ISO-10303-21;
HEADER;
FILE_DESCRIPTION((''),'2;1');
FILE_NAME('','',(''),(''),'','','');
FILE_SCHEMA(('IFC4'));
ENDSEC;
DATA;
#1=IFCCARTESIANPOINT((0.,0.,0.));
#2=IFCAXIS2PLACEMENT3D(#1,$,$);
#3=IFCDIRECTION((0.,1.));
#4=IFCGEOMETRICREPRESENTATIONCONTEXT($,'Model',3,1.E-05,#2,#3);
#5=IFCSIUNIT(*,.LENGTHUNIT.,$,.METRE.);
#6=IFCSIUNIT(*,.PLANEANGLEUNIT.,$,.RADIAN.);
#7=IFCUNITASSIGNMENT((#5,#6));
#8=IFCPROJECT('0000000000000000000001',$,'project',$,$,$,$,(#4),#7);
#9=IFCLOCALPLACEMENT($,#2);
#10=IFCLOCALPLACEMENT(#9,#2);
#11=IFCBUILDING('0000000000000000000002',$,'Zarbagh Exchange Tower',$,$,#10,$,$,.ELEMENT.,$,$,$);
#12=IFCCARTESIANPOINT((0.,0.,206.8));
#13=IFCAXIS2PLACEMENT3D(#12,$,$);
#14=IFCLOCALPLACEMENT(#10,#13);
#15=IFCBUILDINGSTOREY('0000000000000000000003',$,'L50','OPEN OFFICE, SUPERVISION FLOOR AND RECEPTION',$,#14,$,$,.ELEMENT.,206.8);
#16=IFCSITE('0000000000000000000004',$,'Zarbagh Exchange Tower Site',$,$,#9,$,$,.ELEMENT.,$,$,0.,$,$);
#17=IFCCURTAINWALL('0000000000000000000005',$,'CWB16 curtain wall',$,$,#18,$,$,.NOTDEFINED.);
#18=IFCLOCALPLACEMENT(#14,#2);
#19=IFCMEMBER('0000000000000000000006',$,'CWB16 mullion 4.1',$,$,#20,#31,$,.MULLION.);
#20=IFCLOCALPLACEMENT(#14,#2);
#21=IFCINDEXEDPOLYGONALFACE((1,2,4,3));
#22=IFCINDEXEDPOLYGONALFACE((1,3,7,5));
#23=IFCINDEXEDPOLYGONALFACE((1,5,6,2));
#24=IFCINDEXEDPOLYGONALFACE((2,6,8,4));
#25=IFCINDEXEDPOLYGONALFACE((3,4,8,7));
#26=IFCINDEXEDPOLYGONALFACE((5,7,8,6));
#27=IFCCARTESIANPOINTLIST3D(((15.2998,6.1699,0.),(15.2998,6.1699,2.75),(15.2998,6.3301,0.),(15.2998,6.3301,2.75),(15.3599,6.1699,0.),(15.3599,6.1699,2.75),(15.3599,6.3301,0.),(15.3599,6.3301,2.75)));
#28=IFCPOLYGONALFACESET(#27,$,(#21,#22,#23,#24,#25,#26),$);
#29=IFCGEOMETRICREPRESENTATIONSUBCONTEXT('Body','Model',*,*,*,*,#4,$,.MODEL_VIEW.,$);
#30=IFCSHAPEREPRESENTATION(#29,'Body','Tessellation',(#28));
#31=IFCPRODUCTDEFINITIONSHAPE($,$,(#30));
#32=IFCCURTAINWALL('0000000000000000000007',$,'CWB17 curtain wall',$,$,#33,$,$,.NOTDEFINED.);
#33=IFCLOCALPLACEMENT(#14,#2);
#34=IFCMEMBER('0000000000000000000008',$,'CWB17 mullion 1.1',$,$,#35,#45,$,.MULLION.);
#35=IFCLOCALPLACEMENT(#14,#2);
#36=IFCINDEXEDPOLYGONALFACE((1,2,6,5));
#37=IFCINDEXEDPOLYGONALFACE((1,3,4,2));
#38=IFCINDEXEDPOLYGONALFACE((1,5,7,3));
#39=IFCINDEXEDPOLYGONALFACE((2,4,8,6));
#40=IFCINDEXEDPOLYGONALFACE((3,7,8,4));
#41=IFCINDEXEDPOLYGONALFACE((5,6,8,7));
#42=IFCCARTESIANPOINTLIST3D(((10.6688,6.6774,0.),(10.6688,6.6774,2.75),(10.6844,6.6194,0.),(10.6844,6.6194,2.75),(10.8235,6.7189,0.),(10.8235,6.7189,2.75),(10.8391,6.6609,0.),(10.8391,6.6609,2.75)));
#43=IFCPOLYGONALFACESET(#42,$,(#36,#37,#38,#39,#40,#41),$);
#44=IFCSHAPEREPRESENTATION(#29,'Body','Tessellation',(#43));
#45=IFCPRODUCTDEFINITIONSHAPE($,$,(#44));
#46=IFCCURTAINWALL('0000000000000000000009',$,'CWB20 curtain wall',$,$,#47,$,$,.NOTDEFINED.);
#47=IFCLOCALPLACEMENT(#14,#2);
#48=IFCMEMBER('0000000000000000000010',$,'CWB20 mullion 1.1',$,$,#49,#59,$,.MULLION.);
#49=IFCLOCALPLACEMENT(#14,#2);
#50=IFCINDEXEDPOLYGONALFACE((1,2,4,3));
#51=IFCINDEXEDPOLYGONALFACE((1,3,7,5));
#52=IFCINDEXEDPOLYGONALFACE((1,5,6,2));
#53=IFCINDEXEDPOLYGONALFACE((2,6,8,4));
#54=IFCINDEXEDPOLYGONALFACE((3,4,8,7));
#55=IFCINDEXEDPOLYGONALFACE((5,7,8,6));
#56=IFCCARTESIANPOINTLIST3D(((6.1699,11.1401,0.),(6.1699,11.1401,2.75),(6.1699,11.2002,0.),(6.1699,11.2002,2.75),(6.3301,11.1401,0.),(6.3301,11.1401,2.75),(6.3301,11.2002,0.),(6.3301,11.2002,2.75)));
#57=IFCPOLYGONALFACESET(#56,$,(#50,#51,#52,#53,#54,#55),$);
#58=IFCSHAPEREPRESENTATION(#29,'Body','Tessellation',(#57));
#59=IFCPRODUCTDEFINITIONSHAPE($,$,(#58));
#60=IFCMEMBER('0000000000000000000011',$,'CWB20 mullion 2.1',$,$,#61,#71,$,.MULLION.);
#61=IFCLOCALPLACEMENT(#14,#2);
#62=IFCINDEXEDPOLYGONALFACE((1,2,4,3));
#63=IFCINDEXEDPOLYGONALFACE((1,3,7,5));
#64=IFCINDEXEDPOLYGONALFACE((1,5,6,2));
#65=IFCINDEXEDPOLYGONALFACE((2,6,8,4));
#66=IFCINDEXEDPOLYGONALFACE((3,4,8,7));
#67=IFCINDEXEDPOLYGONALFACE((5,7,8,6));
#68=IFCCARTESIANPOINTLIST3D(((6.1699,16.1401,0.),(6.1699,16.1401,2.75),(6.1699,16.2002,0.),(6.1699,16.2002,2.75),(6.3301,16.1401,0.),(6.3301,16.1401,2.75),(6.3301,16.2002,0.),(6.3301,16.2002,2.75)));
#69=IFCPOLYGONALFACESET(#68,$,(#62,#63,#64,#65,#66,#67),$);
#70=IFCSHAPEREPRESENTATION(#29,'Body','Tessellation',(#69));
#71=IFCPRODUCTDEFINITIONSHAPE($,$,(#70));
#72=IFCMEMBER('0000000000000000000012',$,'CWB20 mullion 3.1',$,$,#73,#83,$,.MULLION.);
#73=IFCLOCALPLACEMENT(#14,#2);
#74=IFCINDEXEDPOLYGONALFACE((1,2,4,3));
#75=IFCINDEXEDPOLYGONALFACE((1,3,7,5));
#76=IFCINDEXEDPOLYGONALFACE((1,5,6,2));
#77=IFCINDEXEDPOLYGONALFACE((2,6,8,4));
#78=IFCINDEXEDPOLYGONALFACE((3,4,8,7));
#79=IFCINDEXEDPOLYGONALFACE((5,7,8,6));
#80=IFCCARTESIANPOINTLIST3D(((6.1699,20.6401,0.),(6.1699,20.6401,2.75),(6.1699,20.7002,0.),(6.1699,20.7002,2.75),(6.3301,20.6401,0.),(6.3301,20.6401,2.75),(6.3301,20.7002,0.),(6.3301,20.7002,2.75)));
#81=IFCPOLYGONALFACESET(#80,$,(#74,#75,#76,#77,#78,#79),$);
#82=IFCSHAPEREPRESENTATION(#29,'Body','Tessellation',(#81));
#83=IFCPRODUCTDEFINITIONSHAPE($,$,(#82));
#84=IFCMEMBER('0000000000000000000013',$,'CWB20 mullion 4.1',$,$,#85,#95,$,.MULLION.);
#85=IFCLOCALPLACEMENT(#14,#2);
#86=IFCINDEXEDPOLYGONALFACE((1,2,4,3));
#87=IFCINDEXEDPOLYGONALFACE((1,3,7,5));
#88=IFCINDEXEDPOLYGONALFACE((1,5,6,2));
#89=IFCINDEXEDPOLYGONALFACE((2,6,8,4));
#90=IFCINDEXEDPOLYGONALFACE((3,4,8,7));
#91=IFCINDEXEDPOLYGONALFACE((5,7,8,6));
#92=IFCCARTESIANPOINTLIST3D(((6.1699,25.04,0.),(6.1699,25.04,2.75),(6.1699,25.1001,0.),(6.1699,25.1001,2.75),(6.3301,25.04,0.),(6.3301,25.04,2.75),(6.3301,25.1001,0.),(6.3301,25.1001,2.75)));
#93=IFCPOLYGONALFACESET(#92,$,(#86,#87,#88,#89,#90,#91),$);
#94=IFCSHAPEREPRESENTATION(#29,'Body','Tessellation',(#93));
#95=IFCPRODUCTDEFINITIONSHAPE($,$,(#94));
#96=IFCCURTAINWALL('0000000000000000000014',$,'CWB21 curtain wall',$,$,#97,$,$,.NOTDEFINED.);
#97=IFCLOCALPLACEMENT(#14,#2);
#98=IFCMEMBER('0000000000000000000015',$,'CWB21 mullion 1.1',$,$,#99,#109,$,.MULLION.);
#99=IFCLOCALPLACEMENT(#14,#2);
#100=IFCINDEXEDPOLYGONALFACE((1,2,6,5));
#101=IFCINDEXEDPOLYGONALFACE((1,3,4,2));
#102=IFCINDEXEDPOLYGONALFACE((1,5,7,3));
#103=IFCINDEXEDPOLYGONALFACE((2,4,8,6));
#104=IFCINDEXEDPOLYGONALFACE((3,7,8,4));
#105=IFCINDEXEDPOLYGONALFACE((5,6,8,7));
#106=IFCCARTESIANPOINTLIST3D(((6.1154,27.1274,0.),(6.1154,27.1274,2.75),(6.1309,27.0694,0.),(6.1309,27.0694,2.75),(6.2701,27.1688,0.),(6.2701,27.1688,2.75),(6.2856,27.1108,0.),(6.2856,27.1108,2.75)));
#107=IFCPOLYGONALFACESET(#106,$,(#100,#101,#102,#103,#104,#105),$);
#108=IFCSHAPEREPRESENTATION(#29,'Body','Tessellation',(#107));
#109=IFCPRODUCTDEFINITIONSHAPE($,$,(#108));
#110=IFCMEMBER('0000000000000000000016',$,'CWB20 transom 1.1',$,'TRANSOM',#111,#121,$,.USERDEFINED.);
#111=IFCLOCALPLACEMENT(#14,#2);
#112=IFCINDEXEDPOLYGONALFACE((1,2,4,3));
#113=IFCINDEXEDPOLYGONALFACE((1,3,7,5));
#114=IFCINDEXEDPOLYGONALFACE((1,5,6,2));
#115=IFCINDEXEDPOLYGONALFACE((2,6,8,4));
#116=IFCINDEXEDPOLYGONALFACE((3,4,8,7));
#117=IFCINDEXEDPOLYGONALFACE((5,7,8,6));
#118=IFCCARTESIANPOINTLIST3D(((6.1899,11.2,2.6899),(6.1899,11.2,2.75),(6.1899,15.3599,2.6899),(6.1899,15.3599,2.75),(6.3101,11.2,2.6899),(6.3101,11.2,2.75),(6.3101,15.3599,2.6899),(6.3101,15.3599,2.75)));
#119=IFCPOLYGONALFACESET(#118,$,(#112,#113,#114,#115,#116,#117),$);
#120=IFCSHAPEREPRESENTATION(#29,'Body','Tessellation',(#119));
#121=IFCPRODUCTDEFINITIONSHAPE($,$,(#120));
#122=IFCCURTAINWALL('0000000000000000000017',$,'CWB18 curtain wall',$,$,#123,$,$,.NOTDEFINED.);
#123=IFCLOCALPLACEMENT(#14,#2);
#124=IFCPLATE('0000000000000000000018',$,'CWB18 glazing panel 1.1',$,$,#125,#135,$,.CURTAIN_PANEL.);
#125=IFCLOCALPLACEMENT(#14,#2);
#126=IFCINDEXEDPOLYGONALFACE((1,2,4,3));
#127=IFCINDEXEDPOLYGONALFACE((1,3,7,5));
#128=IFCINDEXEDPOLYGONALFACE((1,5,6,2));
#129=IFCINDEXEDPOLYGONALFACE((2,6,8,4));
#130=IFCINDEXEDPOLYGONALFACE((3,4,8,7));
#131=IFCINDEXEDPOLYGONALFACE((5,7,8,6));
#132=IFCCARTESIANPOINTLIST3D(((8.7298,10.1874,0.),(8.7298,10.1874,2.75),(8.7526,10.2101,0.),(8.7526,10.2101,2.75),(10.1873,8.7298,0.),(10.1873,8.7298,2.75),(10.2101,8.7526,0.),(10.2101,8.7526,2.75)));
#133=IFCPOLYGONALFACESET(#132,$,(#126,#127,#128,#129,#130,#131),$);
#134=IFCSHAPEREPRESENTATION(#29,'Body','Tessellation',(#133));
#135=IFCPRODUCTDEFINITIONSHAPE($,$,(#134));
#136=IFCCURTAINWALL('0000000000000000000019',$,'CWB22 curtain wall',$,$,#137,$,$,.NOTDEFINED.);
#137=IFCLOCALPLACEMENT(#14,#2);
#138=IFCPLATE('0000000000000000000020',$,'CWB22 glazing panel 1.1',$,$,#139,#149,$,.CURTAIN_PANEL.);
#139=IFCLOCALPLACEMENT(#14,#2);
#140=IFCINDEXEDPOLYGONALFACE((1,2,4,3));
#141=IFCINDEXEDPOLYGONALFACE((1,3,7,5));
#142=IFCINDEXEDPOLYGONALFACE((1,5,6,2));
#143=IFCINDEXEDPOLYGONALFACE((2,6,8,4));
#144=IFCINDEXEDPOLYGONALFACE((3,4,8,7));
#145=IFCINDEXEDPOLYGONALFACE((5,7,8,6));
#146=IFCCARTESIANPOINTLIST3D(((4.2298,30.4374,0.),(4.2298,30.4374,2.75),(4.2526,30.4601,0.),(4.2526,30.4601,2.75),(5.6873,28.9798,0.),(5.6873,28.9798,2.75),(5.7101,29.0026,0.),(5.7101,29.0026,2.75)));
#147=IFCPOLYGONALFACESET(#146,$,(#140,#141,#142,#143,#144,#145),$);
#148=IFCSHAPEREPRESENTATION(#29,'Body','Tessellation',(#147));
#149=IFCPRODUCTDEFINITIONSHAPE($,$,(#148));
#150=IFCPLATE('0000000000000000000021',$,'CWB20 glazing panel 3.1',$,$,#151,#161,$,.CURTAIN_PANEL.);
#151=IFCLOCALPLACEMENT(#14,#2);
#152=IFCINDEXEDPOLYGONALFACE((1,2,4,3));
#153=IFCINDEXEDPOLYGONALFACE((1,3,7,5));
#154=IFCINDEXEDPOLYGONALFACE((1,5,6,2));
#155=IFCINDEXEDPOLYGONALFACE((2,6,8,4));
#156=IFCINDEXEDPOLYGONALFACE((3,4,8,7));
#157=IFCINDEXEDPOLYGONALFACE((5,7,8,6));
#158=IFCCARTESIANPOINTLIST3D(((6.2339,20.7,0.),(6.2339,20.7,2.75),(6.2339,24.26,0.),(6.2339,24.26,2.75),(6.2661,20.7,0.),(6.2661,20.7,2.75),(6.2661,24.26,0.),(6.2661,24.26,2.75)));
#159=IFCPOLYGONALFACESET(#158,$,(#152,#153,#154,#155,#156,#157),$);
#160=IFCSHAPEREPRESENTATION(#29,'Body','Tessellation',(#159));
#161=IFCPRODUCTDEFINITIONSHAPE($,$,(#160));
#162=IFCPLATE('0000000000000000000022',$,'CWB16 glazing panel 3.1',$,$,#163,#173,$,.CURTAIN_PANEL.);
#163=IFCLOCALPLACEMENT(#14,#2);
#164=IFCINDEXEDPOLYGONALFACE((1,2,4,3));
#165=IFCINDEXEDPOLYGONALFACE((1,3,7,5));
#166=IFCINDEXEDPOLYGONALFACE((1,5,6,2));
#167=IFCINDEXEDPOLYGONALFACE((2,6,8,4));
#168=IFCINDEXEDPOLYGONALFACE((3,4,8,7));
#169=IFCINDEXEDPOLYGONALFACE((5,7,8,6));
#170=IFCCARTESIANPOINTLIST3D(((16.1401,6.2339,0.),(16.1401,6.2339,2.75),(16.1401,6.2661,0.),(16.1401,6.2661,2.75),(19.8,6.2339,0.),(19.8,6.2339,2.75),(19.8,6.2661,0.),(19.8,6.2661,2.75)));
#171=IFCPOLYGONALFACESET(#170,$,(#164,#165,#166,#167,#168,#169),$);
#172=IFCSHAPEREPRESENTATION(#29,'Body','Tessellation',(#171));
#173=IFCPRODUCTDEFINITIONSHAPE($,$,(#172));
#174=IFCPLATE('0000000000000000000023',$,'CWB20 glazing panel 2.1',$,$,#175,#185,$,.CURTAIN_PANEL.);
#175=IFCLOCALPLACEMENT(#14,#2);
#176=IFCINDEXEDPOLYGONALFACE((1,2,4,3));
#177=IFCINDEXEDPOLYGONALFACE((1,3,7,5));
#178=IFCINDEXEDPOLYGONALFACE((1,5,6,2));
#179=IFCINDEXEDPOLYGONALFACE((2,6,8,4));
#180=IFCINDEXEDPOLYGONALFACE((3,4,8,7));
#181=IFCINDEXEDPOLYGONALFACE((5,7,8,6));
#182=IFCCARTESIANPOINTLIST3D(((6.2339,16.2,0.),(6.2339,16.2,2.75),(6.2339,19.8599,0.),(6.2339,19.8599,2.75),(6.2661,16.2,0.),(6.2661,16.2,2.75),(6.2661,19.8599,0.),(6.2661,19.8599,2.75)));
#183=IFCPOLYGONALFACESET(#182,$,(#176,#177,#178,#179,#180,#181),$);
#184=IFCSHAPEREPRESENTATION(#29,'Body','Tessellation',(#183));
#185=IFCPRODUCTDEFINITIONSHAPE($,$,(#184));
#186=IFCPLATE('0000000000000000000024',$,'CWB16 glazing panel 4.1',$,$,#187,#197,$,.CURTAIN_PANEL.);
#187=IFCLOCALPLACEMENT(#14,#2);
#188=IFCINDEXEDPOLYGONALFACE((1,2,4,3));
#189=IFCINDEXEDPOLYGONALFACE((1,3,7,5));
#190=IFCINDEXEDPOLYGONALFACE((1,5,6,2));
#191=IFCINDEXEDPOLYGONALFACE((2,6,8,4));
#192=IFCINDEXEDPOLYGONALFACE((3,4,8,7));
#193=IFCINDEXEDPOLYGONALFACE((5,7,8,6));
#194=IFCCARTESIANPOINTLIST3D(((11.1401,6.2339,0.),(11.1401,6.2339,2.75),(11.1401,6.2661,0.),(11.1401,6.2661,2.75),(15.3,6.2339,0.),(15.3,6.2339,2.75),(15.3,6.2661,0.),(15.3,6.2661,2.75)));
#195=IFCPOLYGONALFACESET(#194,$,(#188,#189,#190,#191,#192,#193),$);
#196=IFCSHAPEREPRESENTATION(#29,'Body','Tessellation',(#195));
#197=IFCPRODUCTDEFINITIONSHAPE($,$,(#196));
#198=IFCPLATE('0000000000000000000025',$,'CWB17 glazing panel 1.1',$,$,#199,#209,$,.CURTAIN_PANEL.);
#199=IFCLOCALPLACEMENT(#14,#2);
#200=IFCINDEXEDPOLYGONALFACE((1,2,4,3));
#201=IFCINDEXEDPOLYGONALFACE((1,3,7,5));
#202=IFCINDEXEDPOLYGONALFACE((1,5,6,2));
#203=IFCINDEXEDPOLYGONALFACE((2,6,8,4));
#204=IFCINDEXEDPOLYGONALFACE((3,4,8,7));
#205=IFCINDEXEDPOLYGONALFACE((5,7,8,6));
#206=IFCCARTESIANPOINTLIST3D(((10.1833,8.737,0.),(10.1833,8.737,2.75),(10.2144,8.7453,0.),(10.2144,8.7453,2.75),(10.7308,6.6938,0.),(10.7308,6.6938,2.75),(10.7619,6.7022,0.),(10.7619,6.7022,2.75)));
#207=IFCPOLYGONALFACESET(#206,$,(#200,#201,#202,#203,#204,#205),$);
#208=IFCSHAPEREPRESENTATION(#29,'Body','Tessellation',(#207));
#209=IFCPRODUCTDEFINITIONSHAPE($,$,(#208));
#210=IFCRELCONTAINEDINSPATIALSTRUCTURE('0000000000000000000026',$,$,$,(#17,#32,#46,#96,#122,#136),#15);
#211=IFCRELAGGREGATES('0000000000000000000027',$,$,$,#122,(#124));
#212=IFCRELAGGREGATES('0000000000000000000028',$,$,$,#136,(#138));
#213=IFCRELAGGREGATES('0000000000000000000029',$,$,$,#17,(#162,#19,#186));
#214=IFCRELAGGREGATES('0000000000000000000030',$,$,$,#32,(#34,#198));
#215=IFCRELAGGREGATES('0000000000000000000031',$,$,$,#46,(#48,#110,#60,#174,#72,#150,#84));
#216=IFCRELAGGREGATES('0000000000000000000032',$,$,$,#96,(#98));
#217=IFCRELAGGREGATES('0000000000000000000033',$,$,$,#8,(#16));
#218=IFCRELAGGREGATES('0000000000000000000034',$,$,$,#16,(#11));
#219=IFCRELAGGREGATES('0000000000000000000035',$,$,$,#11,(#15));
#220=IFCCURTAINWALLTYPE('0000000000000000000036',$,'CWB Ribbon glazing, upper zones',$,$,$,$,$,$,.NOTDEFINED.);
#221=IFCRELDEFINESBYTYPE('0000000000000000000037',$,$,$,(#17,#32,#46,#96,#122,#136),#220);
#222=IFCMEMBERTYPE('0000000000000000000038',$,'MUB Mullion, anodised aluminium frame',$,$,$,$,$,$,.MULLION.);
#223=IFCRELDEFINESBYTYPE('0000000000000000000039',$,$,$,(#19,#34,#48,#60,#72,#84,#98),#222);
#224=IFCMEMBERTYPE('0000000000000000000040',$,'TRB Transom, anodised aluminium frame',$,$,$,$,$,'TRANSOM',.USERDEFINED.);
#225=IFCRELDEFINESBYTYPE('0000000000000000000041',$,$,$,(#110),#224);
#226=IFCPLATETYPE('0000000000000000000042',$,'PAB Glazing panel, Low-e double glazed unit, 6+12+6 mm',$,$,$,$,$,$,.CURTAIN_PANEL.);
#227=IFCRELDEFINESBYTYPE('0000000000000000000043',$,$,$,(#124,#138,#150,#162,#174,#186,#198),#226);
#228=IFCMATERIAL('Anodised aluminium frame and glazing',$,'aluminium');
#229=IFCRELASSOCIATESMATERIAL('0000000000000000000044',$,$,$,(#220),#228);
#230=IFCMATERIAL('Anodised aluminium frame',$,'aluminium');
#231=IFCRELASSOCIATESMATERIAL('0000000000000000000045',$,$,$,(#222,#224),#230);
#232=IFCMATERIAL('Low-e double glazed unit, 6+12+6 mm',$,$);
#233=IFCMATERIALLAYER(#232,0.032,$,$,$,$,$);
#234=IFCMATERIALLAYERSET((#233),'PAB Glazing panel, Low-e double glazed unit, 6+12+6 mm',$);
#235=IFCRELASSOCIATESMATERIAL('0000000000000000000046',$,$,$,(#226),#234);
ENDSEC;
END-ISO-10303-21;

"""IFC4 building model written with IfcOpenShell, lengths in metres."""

from ifc_helpers import new_model, si_unit, direction, frame, origin, place, context, subcontext, project, spatial, polyline, outline, extrude, source, transform, mapped, material, layer, layer_set, type_object, element, aggregate, save


model = new_model("IFC4")

# Units and contexts
model_context = context("Model", 3, precision=1e-05, world=origin(), true_north=direction((0.0, 1.0)))
body_context = subcontext(model_context, "Body", "Model", "MODEL_VIEW")
ifc_project = project(units=[si_unit("LENGTHUNIT", "METRE"), si_unit("PLANEANGLEUNIT", "RADIAN")], contexts=[model_context])

# Site, building, storey
site_placement = place(None, origin())
site = spatial("IfcSite", under=ifc_project, at=site_placement, Name="Zarbagh Exchange Tower Site", CompositionType="ELEMENT", RefElevation=0.0)
building_placement = place(site_placement, origin())
building = spatial("IfcBuilding", under=site, at=building_placement, Name="Zarbagh Exchange Tower", CompositionType="ELEMENT")
storey_placement = place(building_placement, frame((0.0, 0.0, 206.8)))
storey = spatial("IfcBuildingStorey", under=building, at=storey_placement, Name="L50", Description="OPEN OFFICE, SUPERVISION FLOOR AND RECEPTION", CompositionType="ELEMENT", Elevation=206.8)

# Curtain walls, members
ifc_material_1 = material(Name="Anodised aluminium frame and glazing", Category="aluminium")
curtain_wall_type = type_object("IfcCurtainWallType", Name="CWB Ribbon glazing, upper zones", PredefinedType="NOTDEFINED", material=ifc_material_1)
curtain_wall_1_placement = place(storey_placement, origin())
curtain_wall_1 = element("IfcCurtainWall", 1, at=curtain_wall_1_placement, inside=storey, type_object=curtain_wall_type, Name="CWB16 curtain wall", PredefinedType="NOTDEFINED")
ifc_material_2 = material(Name="Anodised aluminium frame", Category="aluminium")
member_type_1 = type_object("IfcMemberType", Name="MUB Mullion, anodised aluminium frame", PredefinedType="MULLION", material=ifc_material_2)
shared_shape_1 = source(origin(), body_context, "Body", "SweptSolid", [
    extrude(outline(polyline([(0.0, -0.0801), (0.0601, -0.0801), (0.0601, 0.0801), (0.0, 0.0801), (0.0, -0.0801)])), origin(), (0.0, 0.0, 1.0), 2.75),
])
placement = place(storey_placement, origin())
member_1 = element("IfcMember", 2, at=placement, type_object=member_type_1, Name="CWB16 mullion 4.1", PredefinedType="MULLION", context=body_context, shape_type="MappedRepresentation", body=[
    mapped(shared_shape_1, transform((15.3599, 6.25, 0.0), x_axis=(-1.0, 0.0, 0.0), y_axis=(0.0, -1.0, 0.0), z_axis=(0.0, 0.0, 1.0))),
])
curtain_wall_2_placement = place(storey_placement, origin())
curtain_wall_2 = element("IfcCurtainWall", 3, at=curtain_wall_2_placement, inside=storey, type_object=curtain_wall_type, Name="CWB17 curtain wall", PredefinedType="NOTDEFINED")
member_2 = element("IfcMember", 4, at=placement, type_object=member_type_1, Name="CWB17 mullion 1.1", PredefinedType="MULLION", context=body_context, shape_type="MappedRepresentation", body=[
    mapped(shared_shape_1, transform((10.7617, 6.6401, 0.0), x_axis=(-0.258825, 0.965924, 0.0), y_axis=(-0.965924, -0.258825, 0.0), z_axis=(0.0, 0.0, 1.0))),
])

# Curtain wall, members
curtain_wall_3_placement = place(storey_placement, origin())
curtain_wall_3 = element("IfcCurtainWall", 5, at=curtain_wall_3_placement, inside=storey, type_object=curtain_wall_type, Name="CWB20 curtain wall", PredefinedType="NOTDEFINED")
member_3 = element("IfcMember", 6, at=placement, type_object=member_type_1, Name="CWB20 mullion 1.1", PredefinedType="MULLION", context=body_context, shape_type="MappedRepresentation", body=[
    mapped(shared_shape_1, transform((6.25, 11.1401, 0.0), x_axis=(0.0, 1.0, 0.0), y_axis=(-1.0, 0.0, 0.0), z_axis=(0.0, 0.0, 1.0))),
])
member_4 = element("IfcMember", 7, at=placement, type_object=member_type_1, Name="CWB20 mullion 2.1", PredefinedType="MULLION", context=body_context, shape_type="MappedRepresentation", body=[
    mapped(shared_shape_1, transform((6.25, 16.1401, 0.0), x_axis=(0.0, 1.0, 0.0), y_axis=(-1.0, 0.0, 0.0), z_axis=(0.0, 0.0, 1.0))),
])
member_5 = element("IfcMember", 8, at=placement, type_object=member_type_1, Name="CWB20 mullion 3.1", PredefinedType="MULLION", context=body_context, shape_type="MappedRepresentation", body=[
    mapped(shared_shape_1, transform((6.25, 20.6401, 0.0), x_axis=(0.0, 1.0, 0.0), y_axis=(-1.0, 0.0, 0.0), z_axis=(0.0, 0.0, 1.0))),
])
member_6 = element("IfcMember", 9, at=placement, type_object=member_type_1, Name="CWB20 mullion 4.1", PredefinedType="MULLION", context=body_context, shape_type="MappedRepresentation", body=[
    mapped(shared_shape_1, transform((6.25, 25.04, 0.0), x_axis=(0.0, 1.0, 0.0), y_axis=(-1.0, 0.0, 0.0), z_axis=(0.0, 0.0, 1.0))),
])

# Curtain wall, member
curtain_wall_4_placement = place(storey_placement, origin())
curtain_wall_4 = element("IfcCurtainWall", 10, at=curtain_wall_4_placement, inside=storey, type_object=curtain_wall_type, Name="CWB21 curtain wall", PredefinedType="NOTDEFINED")
member_7 = element("IfcMember", 11, at=placement, type_object=member_type_1, Name="CWB21 mullion 1.1", PredefinedType="MULLION", context=body_context, shape_type="MappedRepresentation", body=[
    mapped(shared_shape_1, transform((6.2083, 27.0901, 0.0), x_axis=(-0.258825, 0.965924, 0.0), y_axis=(-0.965924, -0.258825, 0.0), z_axis=(0.0, 0.0, 1.0))),
])

# Member
member_type_2 = type_object("IfcMemberType", Name="TRB Transom, anodised aluminium frame", ElementType="TRANSOM", PredefinedType="USERDEFINED", material=ifc_material_2)
shared_shape_2 = source(origin(), body_context, "Body", "SweptSolid", [
    extrude(outline(polyline([(-0.0601, -0.0601), (0.0, -0.0601), (0.0, 0.0601), (-0.0601, 0.0601), (-0.0601, -0.0601)])), origin(), (0.0, 0.0, 1.0), 4.1599),
])
member_8 = element("IfcMember", 12, at=placement, type_object=member_type_2, Name="CWB20 transom 1.1", ObjectType="TRANSOM", PredefinedType="USERDEFINED", context=body_context, shape_type="MappedRepresentation", body=[
    mapped(shared_shape_2, transform((6.25, 11.2, 2.75), x_axis=(0.0, 0.0, 1.0), y_axis=(1.0, 0.0, 0.0), z_axis=(0.0, 1.0, 0.0))),
])

# Curtain walls, plates
curtain_wall_5_placement = place(storey_placement, origin())
curtain_wall_5 = element("IfcCurtainWall", 13, at=curtain_wall_5_placement, inside=storey, type_object=curtain_wall_type, Name="CWB18 curtain wall", PredefinedType="NOTDEFINED")
ifc_material_3 = material(Name="Low-e double glazed unit, 6+12+6 mm")
ifc_layer_1 = layer(ifc_material_3, 0.032)
ifc_layer_set_1 = layer_set([ifc_layer_1], Name="PAB Glazing panel, Low-e double glazed unit, 6+12+6 mm")
plate_type = type_object("IfcPlateType", Name="PAB Glazing panel, Low-e double glazed unit, 6+12+6 mm", PredefinedType="CURTAIN_PANEL", material=ifc_layer_set_1)
shared_shape_3 = source(origin(), body_context, "Body", "SweptSolid", [
    extrude(outline(polyline([(0.0, -0.0161), (2.0613, -0.0161), (2.0613, 0.0161), (0.0, 0.0161), (0.0, -0.0161)])), origin(), (0.0, 0.0, 1.0), 2.75),
])
plate_1 = element("IfcPlate", 14, at=placement, type_object=plate_type, Name="CWB18 glazing panel 1.1", PredefinedType="CURTAIN_PANEL", context=body_context, shape_type="MappedRepresentation", body=[
    mapped(shared_shape_3, transform((10.1987, 8.7412, 0.0), x_axis=(-0.707107, 0.707107, 0.0), y_axis=(-0.707107, -0.707107, 0.0), z_axis=(0.0, 0.0, 1.0))),
])
aggregate(curtain_wall_5, [plate_1])
curtain_wall_6_placement = place(storey_placement, origin())
curtain_wall_6 = element("IfcCurtainWall", 15, at=curtain_wall_6_placement, inside=storey, type_object=curtain_wall_type, Name="CWB22 curtain wall", PredefinedType="NOTDEFINED")
plate_2 = element("IfcPlate", 16, at=placement, type_object=plate_type, Name="CWB22 glazing panel 1.1", PredefinedType="CURTAIN_PANEL", context=body_context, shape_type="MappedRepresentation", body=[
    mapped(shared_shape_3, transform((5.6987, 28.9912, 0.0), x_axis=(-0.707107, 0.707107, 0.0), y_axis=(-0.707107, -0.707107, 0.0), z_axis=(0.0, 0.0, 1.0))),
])
aggregate(curtain_wall_6, [plate_2])

# Plates
shared_shape_4 = source(origin(), body_context, "Body", "SweptSolid", [
    extrude(outline(polyline([(0.0, -0.0161), (3.5601, -0.0161), (3.5601, 0.0161), (0.0, 0.0161), (0.0, -0.0161)])), origin(), (0.0, 0.0, 1.0), 2.75),
])
plate_3 = element("IfcPlate", 17, at=placement, type_object=plate_type, Name="CWB20 glazing panel 3.1", PredefinedType="CURTAIN_PANEL", context=body_context, shape_type="MappedRepresentation", body=[
    mapped(shared_shape_4, transform((6.25, 20.7, 0.0), x_axis=(0.0, 1.0, 0.0), y_axis=(-1.0, 0.0, 0.0), z_axis=(0.0, 0.0, 1.0))),
])
shared_shape_5 = source(origin(), body_context, "Body", "SweptSolid", [
    extrude(outline(polyline([(0.0, -0.0161), (3.6599, -0.0161), (3.6599, 0.0161), (0.0, 0.0161), (0.0, -0.0161)])), origin(), (0.0, 0.0, 1.0), 2.75),
])
plate_4 = element("IfcPlate", 18, at=placement, type_object=plate_type, Name="CWB16 glazing panel 3.1", PredefinedType="CURTAIN_PANEL", context=body_context, shape_type="MappedRepresentation", body=[
    mapped(shared_shape_5, transform((19.8, 6.25, 0.0), x_axis=(-1.0, 0.0, 0.0), y_axis=(0.0, -1.0, 0.0), z_axis=(0.0, 0.0, 1.0))),
])
plate_5 = element("IfcPlate", 19, at=placement, type_object=plate_type, Name="CWB20 glazing panel 2.1", PredefinedType="CURTAIN_PANEL", context=body_context, shape_type="MappedRepresentation", body=[
    mapped(shared_shape_5, transform((6.25, 16.2, 0.0), x_axis=(0.0, 1.0, 0.0), y_axis=(-1.0, 0.0, 0.0), z_axis=(0.0, 0.0, 1.0))),
])
shared_shape_6 = source(origin(), body_context, "Body", "SweptSolid", [
    extrude(outline(polyline([(0.0, -0.0161), (4.1599, -0.0161), (4.1599, 0.0161), (0.0, 0.0161), (0.0, -0.0161)])), origin(), (0.0, 0.0, 1.0), 2.75),
])
plate_6 = element("IfcPlate", 20, at=placement, type_object=plate_type, Name="CWB16 glazing panel 4.1", PredefinedType="CURTAIN_PANEL", context=body_context, shape_type="MappedRepresentation", body=[
    mapped(shared_shape_6, transform((15.3, 6.25, 0.0), x_axis=(-1.0, 0.0, 0.0), y_axis=(0.0, -1.0, 0.0), z_axis=(0.0, 0.0, 1.0))),
])
aggregate(curtain_wall_1, [plate_4, member_1, plate_6])
shared_shape_7 = source(origin(), body_context, "Body", "SweptSolid", [
    extrude(outline(polyline([(0.0, -0.0161), (2.1152, -0.0161), (2.1152, 0.0161), (0.0, 0.0161), (0.0, -0.0161)])), origin(), (0.0, 0.0, 1.0), 2.75),
])
plate_7 = element("IfcPlate", 21, at=placement, type_object=plate_type, Name="CWB17 glazing panel 1.1", PredefinedType="CURTAIN_PANEL", context=body_context, shape_type="MappedRepresentation", body=[
    mapped(shared_shape_7, transform((10.7463, 6.698, 0.0), x_axis=(-0.258825, 0.965924, 0.0), y_axis=(-0.965924, -0.258825, 0.0), z_axis=(0.0, 0.0, 1.0))),
])
aggregate(curtain_wall_2, [member_2, plate_7])

aggregate(curtain_wall_3, [member_3, member_8, member_4, plate_5, member_5, plate_3, member_6])
aggregate(curtain_wall_4, [member_7])

save(model, "model.ifc")
